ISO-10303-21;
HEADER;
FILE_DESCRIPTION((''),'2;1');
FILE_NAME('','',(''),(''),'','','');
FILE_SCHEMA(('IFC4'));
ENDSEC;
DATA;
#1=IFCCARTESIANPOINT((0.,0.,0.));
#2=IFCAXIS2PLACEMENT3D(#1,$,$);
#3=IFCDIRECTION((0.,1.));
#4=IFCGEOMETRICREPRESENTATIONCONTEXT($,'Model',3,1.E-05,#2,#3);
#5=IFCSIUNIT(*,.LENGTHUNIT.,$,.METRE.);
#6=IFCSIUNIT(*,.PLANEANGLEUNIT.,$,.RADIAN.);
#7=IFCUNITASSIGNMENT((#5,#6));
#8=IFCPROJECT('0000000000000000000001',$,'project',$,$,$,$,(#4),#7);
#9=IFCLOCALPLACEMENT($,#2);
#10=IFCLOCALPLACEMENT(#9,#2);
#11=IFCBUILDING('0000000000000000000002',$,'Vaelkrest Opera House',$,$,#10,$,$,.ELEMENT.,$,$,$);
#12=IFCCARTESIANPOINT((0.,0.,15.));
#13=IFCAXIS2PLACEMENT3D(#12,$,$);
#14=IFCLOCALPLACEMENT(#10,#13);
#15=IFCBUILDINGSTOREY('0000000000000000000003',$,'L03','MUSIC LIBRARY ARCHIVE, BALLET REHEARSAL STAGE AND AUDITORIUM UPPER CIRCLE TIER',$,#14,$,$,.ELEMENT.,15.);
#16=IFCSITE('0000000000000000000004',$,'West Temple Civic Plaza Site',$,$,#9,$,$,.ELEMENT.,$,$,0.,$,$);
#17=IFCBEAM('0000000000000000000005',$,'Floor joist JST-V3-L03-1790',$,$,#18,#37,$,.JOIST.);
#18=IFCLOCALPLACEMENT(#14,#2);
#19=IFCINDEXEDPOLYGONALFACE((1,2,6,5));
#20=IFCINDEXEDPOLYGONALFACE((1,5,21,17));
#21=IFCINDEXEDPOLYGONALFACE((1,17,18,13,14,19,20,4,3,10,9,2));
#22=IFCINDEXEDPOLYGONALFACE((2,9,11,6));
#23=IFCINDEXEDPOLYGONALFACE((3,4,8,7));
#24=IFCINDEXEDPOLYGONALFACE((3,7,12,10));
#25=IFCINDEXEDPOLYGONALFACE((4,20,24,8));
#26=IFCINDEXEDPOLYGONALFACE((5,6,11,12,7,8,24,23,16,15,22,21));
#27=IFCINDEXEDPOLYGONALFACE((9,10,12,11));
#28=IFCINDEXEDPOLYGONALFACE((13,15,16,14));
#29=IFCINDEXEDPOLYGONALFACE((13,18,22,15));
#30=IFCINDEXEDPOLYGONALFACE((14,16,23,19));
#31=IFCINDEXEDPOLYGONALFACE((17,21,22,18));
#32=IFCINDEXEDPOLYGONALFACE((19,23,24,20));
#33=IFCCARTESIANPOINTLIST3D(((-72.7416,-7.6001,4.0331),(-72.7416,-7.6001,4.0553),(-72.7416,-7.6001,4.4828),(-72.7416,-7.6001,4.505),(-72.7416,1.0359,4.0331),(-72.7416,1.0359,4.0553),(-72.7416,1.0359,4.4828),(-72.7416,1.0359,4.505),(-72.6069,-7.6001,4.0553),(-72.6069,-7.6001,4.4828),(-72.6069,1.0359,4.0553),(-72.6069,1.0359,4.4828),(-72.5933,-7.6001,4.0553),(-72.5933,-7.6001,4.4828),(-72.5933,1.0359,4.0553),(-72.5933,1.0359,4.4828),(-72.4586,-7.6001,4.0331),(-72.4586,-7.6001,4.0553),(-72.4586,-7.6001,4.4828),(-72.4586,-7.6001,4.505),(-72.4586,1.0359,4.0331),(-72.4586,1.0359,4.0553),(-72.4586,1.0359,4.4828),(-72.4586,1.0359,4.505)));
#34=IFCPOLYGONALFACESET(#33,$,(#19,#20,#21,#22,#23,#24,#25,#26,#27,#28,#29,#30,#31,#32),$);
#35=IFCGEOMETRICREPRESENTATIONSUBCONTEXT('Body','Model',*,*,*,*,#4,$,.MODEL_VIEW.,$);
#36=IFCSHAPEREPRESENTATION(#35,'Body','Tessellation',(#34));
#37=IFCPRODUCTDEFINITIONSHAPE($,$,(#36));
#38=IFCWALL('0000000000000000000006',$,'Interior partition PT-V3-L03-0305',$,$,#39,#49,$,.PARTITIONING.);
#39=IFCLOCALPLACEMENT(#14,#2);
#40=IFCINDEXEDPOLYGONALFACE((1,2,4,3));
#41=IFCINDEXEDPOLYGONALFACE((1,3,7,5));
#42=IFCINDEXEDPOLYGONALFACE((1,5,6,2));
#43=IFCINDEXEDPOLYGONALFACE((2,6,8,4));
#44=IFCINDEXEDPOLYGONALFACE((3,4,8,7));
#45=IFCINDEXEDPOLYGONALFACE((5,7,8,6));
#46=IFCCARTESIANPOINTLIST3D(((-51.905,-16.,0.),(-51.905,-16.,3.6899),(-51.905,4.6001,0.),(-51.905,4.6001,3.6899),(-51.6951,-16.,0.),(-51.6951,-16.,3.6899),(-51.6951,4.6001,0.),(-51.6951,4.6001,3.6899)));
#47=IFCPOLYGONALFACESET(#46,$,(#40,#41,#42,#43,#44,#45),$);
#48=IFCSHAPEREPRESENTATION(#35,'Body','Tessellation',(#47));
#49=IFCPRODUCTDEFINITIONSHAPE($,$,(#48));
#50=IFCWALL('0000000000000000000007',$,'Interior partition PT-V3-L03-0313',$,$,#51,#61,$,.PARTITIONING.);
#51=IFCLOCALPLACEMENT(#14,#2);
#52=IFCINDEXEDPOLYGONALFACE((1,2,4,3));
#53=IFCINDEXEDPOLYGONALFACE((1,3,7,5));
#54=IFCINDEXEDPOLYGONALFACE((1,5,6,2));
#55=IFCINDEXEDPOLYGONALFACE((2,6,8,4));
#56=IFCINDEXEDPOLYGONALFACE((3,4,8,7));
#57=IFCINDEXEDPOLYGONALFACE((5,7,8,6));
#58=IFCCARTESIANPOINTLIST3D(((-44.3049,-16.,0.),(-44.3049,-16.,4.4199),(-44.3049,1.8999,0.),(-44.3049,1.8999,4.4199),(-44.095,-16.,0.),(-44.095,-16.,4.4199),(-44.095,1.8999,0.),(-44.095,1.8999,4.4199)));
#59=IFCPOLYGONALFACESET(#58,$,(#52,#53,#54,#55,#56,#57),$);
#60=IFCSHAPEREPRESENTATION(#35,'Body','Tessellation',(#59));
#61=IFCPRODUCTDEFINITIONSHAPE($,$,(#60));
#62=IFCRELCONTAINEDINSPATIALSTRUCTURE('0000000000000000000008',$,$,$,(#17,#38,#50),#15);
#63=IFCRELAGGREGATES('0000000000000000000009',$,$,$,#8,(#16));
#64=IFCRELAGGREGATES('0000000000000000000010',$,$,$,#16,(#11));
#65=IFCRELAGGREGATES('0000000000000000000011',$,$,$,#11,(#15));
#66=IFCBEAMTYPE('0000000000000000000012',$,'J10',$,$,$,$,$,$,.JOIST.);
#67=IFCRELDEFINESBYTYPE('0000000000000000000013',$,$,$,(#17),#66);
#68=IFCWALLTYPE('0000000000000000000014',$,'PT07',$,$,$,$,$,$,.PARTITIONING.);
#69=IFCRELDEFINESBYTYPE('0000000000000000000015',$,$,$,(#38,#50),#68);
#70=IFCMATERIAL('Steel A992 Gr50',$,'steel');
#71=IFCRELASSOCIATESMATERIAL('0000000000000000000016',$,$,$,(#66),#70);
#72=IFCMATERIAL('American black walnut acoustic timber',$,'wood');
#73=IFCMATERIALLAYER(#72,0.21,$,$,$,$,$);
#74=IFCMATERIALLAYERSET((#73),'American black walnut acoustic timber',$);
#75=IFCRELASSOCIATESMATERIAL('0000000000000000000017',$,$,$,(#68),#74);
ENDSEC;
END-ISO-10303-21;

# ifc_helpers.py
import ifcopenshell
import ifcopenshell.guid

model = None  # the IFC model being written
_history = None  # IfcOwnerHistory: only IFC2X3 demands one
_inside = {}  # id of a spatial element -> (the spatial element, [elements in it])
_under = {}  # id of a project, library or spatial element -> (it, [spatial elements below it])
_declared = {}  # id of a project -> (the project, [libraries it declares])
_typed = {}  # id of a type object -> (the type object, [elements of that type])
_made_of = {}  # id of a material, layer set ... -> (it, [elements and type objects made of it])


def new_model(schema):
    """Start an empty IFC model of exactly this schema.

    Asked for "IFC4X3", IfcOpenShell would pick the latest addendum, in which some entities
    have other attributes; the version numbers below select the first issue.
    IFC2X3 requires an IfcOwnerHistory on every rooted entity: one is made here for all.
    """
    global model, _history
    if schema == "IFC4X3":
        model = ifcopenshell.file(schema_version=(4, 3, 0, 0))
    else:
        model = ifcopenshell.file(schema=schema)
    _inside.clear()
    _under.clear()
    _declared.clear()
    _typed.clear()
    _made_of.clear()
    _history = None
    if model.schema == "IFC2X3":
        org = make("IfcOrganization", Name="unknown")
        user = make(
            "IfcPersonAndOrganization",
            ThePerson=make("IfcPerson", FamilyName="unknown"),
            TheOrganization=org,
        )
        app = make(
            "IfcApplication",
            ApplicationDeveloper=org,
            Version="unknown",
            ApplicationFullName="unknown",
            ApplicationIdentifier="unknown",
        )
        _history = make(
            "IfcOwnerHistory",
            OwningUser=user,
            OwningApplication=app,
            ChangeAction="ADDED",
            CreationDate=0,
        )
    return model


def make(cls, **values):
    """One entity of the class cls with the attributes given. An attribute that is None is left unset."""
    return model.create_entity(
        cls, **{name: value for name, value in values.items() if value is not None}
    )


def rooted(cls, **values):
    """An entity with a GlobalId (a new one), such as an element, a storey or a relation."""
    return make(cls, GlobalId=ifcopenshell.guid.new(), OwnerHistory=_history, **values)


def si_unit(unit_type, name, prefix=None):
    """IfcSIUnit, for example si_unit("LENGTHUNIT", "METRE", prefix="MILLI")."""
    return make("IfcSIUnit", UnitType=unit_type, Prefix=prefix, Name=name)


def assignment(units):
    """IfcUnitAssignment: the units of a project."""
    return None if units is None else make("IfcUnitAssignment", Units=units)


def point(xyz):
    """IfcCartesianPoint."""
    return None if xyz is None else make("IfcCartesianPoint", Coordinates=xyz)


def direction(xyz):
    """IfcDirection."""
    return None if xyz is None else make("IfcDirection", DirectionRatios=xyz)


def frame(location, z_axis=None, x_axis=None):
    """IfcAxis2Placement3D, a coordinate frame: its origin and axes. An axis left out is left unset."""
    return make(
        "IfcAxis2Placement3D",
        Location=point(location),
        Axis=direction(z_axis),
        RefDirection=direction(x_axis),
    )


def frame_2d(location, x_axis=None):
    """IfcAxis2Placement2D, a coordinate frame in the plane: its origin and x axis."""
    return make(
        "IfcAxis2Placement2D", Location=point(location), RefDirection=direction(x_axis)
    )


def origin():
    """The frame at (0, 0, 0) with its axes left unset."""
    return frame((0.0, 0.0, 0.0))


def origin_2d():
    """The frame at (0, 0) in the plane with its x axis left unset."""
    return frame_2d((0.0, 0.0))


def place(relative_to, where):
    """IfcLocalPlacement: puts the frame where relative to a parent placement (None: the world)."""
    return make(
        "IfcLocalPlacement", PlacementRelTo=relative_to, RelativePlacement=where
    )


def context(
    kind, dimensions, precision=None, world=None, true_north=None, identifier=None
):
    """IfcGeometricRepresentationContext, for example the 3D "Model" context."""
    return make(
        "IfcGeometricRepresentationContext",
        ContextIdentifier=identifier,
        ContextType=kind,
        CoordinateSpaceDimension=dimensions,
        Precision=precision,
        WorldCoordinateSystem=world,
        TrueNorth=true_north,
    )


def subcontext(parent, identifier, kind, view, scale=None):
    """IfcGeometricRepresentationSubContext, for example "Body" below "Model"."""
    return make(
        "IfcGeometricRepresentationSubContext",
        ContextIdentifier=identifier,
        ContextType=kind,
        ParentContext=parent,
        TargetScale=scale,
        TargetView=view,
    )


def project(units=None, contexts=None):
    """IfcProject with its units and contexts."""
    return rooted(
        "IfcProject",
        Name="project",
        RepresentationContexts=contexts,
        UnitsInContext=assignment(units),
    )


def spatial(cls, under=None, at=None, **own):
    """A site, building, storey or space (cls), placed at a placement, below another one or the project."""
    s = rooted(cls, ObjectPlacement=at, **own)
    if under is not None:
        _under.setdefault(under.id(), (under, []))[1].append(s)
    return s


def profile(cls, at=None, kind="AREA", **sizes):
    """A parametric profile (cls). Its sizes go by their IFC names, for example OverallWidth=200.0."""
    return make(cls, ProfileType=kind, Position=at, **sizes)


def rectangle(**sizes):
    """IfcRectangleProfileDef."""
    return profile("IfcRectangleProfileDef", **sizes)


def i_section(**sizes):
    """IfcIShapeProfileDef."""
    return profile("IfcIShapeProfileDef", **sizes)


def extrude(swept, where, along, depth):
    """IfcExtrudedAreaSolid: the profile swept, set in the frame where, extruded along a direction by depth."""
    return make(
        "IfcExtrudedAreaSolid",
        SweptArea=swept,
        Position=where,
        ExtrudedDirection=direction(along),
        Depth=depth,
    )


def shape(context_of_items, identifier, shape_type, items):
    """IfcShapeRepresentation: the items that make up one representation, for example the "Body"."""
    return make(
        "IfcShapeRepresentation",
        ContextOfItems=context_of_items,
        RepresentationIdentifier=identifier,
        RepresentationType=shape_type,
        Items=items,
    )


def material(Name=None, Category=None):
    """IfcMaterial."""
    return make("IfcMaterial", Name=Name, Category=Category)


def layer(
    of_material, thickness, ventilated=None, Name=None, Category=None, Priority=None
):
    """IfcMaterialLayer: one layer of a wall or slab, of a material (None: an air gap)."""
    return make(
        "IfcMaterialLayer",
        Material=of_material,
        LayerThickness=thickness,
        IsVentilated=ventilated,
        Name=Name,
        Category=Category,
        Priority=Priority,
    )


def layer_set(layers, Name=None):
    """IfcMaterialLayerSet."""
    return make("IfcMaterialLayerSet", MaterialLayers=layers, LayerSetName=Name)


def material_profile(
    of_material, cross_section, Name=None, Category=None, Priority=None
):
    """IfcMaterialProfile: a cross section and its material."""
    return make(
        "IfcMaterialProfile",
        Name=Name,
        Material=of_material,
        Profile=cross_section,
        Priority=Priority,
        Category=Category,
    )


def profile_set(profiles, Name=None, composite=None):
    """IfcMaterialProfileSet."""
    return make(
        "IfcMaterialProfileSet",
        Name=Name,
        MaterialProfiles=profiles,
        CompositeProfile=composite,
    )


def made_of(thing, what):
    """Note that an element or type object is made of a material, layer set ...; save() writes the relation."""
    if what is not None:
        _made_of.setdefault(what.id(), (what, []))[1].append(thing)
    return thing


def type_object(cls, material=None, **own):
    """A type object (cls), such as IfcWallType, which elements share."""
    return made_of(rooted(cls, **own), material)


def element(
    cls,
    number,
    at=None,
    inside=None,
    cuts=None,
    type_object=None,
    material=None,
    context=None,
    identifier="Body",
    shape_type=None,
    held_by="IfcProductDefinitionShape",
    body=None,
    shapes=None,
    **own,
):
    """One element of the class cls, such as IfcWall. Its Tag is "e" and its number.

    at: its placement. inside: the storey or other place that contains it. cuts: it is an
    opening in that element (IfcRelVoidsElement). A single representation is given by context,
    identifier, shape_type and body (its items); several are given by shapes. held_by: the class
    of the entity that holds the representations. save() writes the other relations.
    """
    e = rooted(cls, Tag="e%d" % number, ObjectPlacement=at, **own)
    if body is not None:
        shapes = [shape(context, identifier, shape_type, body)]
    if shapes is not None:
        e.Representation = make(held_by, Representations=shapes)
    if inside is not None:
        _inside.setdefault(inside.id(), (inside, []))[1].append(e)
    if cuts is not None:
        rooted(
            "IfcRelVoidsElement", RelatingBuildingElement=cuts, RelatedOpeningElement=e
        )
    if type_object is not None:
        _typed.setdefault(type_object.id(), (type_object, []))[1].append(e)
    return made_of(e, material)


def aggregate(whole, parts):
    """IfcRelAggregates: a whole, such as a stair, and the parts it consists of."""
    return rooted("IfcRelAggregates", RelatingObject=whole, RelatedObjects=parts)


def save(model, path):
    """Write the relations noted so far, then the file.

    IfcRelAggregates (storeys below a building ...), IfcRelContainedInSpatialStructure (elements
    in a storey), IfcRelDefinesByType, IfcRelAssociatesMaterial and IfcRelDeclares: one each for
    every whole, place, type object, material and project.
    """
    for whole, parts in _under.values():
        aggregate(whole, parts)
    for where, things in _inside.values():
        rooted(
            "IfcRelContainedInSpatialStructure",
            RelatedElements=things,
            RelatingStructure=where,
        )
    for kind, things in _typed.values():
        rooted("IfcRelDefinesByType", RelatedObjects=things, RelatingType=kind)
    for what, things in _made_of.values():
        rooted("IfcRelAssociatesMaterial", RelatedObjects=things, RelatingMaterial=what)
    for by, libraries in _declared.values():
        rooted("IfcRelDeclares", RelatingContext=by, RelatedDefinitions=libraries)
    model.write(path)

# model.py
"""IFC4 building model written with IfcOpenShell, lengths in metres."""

from ifc_helpers import new_model, si_unit, direction, frame, frame_2d, origin, origin_2d, place, context, subcontext, project, spatial, rectangle, i_section, extrude, material, layer, layer_set, material_profile, profile_set, type_object, element, save


model = new_model("IFC4")

# Units and contexts
model_context = context("Model", 3, precision=1e-05, world=origin(), true_north=direction((0.0, 1.0)))
body_context = subcontext(model_context, "Body", "Model", "MODEL_VIEW")
ifc_project = project(units=[si_unit("LENGTHUNIT", "METRE"), si_unit("PLANEANGLEUNIT", "RADIAN")], contexts=[model_context])

# Site, building, storey
site_placement = place(None, origin())
site = spatial("IfcSite", under=ifc_project, at=site_placement, Name="West Temple Civic Plaza Site", CompositionType="ELEMENT", RefElevation=0.0)
building_placement = place(site_placement, origin())
building = spatial("IfcBuilding", under=site, at=building_placement, Name="Vaelkrest Opera House", CompositionType="ELEMENT")
storey_placement = place(building_placement, frame((0.0, 0.0, 15.0)))
storey = spatial("IfcBuildingStorey", under=building, at=storey_placement, Name="L03", Description="MUSIC LIBRARY ARCHIVE, BALLET REHEARSAL STAGE AND AUDITORIUM UPPER CIRCLE TIER", CompositionType="ELEMENT", Elevation=15.0)

# Beam
ifc_material_1 = material(Name="Steel A992 Gr50", Category="steel")
ifc_material_profile_1 = material_profile(ifc_material_1, i_section(OverallWidth=0.283, OverallDepth=0.4719, WebThickness=0.0137, FlangeThickness=0.0222, at=origin_2d()), Name="W18X97")
ifc_profile_set_1 = profile_set([ifc_material_profile_1], Name="Steel A992 Gr50")
beam_type_1 = type_object("IfcBeamType", Name="J10", PredefinedType="JOIST", material=ifc_profile_set_1)
beam_1_placement = place(storey_placement, frame((-72.6001, -7.6001, 4.269), z_axis=(0.0, 1.0, 0.0), x_axis=(-1.0, 0.0, 0.0)))
element("IfcBeam", 1, at=beam_1_placement, inside=storey, type_object=beam_type_1, Name="Floor joist JST-V3-L03-1790", PredefinedType="JOIST", context=body_context, shape_type="SweptSolid", body=[
    extrude(i_section(OverallWidth=0.283, OverallDepth=0.4719, WebThickness=0.0137, FlangeThickness=0.0222, at=origin_2d()), origin(), (0.0, 0.0, 1.0), 8.636),
])

# Walls
ifc_material_2 = material(Name="American black walnut acoustic timber", Category="wood")
ifc_layer = layer(ifc_material_2, 0.21)
ifc_layer_set = layer_set([ifc_layer], Name="American black walnut acoustic timber")
wall_type = type_object("IfcWallType", Name="PT07", PredefinedType="PARTITIONING", material=ifc_layer_set)
wall_1_placement = place(storey_placement, frame((-51.8, -16.0, 0.0), z_axis=(0.0, 0.0, 1.0), x_axis=(0.0, 1.0, 0.0)))
element("IfcWall", 2, at=wall_1_placement, inside=storey, type_object=wall_type, Name="Interior partition PT-V3-L03-0305", PredefinedType="PARTITIONING", context=body_context, shape_type="SweptSolid", body=[
    extrude(rectangle(XDim=20.6001, YDim=0.21, at=frame_2d((10.3, 0.0))), origin(), (0.0, 0.0, 1.0), 3.6899),
])
wall_2_placement = place(storey_placement, frame((-44.2, -16.0, 0.0), z_axis=(0.0, 0.0, 1.0), x_axis=(0.0, 1.0, 0.0)))
element("IfcWall", 3, at=wall_2_placement, inside=storey, type_object=wall_type, Name="Interior partition PT-V3-L03-0313", PredefinedType="PARTITIONING", context=body_context, shape_type="SweptSolid", body=[
    extrude(rectangle(XDim=17.8999, YDim=0.21, at=frame_2d((8.95, 0.0))), origin(), (0.0, 0.0, 1.0), 4.4199),
])

save(model, "model.ifc")
